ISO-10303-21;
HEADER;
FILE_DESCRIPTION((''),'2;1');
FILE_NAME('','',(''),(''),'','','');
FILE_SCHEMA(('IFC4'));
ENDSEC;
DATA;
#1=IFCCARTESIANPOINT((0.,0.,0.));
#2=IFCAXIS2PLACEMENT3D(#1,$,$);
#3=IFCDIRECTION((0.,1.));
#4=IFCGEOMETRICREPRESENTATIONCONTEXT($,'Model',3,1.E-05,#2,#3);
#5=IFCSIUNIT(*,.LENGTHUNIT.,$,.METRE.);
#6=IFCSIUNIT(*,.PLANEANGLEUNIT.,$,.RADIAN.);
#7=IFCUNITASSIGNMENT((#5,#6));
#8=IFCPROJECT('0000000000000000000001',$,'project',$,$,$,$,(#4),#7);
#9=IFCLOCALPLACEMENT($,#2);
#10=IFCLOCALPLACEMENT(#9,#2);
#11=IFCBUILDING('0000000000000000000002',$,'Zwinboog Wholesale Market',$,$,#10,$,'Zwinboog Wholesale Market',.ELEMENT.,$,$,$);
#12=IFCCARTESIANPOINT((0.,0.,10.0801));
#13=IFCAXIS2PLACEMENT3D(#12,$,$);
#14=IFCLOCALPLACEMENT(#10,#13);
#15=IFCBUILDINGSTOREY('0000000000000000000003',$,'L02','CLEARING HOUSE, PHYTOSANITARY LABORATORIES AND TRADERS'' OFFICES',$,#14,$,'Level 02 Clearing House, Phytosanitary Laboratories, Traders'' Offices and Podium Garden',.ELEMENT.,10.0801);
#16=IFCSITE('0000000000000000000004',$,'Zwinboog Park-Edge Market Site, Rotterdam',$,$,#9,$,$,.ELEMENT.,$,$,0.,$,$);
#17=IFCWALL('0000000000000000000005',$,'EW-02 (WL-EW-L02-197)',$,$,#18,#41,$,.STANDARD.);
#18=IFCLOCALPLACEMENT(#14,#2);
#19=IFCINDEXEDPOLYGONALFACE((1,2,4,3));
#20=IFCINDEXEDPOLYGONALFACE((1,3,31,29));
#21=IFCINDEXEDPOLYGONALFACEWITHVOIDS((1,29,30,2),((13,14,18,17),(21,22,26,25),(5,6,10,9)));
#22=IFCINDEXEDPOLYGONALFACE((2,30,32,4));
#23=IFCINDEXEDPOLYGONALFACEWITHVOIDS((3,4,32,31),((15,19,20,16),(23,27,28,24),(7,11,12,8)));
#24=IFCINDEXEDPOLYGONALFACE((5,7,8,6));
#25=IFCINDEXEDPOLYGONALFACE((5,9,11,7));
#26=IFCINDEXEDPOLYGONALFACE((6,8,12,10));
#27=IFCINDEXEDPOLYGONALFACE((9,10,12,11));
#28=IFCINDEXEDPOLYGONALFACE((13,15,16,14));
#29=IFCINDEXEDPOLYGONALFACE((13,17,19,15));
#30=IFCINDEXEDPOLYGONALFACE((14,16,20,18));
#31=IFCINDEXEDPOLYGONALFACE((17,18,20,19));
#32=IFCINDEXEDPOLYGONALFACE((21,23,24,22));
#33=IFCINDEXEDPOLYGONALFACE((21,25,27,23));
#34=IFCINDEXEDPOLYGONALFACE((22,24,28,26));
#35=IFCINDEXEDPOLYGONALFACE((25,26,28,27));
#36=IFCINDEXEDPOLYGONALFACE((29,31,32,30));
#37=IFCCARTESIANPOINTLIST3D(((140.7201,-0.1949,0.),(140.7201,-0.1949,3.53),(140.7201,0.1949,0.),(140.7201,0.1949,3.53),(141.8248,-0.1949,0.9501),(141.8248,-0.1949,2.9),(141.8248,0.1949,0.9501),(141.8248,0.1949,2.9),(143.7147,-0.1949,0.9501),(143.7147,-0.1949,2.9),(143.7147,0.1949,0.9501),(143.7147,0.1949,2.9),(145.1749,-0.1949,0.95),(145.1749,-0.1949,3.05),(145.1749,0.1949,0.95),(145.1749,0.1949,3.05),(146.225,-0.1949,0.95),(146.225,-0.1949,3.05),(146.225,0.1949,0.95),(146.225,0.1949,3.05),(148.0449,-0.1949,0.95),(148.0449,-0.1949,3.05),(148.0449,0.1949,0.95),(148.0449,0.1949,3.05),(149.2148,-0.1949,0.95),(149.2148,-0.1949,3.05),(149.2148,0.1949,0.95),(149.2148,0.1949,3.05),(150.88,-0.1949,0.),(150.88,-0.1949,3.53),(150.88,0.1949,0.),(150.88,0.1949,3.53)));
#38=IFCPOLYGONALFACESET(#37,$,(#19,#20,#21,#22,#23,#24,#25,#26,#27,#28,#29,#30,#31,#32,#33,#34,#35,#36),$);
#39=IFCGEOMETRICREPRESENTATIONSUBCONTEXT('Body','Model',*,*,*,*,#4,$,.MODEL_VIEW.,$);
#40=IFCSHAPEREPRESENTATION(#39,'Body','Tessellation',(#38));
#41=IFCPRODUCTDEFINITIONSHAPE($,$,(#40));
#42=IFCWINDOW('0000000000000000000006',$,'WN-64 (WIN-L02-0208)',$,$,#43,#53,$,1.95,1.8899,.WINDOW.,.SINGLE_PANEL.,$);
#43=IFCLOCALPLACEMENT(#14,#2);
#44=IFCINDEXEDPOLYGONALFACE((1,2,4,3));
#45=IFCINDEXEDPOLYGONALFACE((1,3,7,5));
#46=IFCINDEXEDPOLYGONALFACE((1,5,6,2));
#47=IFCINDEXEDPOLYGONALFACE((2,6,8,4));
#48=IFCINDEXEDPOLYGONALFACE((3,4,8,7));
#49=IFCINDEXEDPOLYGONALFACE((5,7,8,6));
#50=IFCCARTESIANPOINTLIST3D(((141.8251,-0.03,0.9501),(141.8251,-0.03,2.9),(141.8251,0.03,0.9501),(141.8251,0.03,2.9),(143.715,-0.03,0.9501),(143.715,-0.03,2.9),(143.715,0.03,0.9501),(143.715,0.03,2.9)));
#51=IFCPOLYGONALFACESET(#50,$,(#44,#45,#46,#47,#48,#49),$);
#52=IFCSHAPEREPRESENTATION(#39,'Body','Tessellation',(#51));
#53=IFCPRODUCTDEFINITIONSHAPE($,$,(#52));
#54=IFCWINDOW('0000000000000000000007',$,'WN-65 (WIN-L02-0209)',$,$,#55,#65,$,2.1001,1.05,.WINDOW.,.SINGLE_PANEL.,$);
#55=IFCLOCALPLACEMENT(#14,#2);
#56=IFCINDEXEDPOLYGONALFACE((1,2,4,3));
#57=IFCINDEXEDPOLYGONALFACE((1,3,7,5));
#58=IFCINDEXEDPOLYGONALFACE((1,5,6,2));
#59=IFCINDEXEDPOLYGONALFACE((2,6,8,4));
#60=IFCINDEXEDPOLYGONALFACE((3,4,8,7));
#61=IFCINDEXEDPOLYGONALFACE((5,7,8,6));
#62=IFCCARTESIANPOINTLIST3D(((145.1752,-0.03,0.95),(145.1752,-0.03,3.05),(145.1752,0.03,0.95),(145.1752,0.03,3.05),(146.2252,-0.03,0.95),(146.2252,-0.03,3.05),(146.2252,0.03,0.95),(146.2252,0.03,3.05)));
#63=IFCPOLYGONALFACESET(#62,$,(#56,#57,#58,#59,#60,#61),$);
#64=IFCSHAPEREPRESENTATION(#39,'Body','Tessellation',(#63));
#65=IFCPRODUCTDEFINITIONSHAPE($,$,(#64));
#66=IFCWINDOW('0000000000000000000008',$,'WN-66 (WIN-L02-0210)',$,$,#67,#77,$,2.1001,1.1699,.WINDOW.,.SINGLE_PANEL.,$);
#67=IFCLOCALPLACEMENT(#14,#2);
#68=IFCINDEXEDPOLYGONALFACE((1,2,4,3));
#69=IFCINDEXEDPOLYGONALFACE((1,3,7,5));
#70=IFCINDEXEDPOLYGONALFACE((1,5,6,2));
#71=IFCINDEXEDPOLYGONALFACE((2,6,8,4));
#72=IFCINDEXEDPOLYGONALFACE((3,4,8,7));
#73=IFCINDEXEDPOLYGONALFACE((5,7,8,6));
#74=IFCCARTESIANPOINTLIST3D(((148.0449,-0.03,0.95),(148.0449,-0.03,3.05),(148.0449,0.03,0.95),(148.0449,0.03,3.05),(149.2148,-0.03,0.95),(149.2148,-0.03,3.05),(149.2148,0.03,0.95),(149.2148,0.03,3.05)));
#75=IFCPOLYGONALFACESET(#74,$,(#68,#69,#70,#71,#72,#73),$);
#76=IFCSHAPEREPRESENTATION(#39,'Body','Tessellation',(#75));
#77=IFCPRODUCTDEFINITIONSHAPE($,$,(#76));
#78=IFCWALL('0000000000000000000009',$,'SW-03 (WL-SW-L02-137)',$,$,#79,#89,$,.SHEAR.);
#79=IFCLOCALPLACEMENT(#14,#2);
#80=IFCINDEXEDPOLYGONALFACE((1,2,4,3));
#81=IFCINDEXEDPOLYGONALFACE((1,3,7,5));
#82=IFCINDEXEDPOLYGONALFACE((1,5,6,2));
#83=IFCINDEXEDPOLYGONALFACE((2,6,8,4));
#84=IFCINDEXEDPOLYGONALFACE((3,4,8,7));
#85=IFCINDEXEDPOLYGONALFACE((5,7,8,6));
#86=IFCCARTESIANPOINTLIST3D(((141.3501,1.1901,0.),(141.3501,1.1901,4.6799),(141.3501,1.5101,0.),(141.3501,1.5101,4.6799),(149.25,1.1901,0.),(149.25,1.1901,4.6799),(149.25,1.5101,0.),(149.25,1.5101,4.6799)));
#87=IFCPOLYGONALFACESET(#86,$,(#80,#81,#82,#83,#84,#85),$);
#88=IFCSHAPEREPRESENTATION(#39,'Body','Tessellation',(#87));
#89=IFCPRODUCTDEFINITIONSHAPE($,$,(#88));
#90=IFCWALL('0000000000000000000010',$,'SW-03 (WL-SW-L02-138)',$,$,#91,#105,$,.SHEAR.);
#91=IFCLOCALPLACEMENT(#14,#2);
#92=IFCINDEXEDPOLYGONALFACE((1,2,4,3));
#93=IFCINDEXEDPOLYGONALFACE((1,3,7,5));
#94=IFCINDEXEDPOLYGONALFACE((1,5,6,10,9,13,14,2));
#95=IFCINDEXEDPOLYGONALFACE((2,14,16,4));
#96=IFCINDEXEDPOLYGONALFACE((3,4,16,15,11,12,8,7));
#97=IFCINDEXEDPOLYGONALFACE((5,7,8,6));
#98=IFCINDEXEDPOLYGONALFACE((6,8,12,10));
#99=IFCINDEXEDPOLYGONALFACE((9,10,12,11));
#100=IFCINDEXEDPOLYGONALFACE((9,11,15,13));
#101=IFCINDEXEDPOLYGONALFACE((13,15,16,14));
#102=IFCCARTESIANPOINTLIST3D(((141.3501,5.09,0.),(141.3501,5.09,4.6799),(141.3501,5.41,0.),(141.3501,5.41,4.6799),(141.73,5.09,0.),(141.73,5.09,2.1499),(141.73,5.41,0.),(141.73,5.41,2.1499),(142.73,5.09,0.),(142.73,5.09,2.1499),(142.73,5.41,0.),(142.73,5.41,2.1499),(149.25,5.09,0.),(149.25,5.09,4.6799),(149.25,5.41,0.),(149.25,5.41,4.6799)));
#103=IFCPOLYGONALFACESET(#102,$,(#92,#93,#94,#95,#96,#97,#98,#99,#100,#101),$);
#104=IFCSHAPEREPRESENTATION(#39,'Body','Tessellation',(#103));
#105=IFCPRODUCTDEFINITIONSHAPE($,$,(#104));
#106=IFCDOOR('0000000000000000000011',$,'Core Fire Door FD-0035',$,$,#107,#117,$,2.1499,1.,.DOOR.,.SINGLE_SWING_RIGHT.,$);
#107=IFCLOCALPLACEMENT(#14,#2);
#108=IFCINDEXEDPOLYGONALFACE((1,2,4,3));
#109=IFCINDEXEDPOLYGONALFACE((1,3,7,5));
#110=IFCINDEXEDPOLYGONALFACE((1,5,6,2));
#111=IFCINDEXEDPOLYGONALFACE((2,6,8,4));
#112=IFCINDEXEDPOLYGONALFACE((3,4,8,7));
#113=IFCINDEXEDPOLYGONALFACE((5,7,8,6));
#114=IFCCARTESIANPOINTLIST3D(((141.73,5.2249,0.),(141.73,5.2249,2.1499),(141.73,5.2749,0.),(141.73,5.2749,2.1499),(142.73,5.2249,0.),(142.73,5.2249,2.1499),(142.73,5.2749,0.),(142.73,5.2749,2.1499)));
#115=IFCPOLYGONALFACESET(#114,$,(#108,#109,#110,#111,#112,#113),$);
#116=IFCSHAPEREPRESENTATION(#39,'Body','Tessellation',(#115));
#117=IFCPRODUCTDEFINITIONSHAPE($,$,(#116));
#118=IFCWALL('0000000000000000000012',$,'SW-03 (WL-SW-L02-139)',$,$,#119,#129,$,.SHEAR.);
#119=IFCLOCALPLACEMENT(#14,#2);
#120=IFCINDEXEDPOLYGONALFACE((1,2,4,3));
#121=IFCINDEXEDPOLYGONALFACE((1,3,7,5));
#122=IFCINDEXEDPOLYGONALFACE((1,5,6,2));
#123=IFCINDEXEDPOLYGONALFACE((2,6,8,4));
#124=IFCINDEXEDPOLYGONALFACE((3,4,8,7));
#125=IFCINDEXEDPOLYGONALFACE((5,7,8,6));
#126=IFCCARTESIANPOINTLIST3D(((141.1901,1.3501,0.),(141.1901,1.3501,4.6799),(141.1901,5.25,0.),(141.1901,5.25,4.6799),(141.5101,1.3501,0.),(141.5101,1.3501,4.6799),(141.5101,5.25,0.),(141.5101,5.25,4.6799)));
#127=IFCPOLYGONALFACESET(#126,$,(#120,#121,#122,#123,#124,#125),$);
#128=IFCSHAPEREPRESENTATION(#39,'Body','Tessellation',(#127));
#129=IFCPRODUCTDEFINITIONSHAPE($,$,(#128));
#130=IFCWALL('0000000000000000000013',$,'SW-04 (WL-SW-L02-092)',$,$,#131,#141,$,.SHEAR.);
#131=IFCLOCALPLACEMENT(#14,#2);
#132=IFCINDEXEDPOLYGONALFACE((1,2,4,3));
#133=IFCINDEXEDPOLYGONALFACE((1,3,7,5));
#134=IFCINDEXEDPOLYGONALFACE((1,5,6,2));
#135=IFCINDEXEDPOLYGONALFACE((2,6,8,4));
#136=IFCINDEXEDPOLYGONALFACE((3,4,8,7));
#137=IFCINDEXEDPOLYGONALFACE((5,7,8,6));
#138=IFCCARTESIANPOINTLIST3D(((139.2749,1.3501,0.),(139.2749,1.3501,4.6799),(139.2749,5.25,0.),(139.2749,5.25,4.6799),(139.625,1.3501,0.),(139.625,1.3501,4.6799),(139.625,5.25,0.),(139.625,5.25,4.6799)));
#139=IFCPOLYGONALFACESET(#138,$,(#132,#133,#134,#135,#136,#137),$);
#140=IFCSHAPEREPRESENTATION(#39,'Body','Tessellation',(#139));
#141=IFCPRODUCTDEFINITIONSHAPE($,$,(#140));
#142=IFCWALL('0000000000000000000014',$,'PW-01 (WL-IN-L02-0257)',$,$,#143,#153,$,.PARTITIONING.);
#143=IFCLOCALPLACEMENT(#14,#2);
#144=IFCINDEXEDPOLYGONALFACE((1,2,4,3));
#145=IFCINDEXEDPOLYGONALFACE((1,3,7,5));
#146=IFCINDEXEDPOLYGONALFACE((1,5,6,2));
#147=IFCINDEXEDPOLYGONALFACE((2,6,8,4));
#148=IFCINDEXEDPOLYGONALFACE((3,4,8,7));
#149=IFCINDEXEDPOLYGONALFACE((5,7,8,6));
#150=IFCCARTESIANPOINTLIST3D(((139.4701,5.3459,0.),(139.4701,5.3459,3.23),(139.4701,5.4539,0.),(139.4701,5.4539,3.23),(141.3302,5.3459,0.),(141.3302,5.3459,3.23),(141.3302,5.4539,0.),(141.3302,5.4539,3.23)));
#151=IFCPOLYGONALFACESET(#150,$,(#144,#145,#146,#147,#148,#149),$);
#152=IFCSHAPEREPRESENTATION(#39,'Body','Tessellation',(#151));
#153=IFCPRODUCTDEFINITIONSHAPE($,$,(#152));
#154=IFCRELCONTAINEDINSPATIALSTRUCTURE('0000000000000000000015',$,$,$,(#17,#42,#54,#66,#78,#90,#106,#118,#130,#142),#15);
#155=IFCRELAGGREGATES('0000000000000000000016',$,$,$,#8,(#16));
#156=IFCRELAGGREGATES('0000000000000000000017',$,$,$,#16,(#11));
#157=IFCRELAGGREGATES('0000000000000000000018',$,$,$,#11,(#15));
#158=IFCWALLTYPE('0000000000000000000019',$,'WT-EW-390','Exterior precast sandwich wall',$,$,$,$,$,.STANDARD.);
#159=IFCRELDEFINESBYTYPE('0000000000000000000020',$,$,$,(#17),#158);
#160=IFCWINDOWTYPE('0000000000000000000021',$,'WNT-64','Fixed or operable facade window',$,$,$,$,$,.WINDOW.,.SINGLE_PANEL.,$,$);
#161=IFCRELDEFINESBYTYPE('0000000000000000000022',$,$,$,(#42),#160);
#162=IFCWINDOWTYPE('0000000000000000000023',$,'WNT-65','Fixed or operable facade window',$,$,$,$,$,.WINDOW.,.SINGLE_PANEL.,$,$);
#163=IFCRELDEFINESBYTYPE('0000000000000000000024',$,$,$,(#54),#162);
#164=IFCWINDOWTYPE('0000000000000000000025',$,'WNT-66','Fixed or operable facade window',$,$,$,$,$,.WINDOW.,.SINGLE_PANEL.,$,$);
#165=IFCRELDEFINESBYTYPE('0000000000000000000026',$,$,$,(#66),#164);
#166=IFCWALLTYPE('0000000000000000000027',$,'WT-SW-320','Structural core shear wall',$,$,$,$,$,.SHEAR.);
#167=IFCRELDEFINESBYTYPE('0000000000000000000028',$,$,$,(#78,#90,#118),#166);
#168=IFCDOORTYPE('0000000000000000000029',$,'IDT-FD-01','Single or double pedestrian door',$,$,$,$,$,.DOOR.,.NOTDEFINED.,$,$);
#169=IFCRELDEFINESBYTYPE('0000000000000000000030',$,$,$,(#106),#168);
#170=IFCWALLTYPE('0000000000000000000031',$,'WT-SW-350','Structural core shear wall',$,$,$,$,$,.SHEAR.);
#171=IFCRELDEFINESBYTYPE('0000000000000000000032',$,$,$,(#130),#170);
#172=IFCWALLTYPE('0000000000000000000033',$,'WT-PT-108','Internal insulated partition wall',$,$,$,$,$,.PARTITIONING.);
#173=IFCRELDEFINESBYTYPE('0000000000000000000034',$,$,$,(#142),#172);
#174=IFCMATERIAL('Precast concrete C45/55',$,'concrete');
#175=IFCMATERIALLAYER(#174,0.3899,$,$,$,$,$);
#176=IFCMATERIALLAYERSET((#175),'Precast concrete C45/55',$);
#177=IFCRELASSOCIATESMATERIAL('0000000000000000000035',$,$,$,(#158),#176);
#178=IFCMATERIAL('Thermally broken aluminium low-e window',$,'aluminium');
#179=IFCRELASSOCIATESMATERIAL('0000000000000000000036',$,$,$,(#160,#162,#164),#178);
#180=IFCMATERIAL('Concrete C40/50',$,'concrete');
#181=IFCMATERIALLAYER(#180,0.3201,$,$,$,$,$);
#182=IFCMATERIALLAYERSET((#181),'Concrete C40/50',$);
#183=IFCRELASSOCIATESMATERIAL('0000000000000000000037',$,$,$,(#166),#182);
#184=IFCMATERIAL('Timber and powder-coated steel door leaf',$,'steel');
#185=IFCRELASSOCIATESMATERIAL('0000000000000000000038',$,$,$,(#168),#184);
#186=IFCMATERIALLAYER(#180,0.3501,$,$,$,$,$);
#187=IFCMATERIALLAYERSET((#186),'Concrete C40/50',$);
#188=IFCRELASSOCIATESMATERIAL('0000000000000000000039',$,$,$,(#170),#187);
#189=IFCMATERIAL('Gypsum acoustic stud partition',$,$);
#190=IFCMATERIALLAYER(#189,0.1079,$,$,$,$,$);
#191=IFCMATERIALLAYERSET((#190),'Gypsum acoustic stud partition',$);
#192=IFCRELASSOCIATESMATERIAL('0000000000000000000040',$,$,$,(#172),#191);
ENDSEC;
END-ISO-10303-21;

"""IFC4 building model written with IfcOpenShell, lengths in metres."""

from ifc_helpers import new_model, si_unit, direction, frame, frame_2d, origin, place, context, subcontext, project, spatial, rectangle, extrude, material, layer, layer_set, type_object, element, fill, save


model = new_model("IFC4")

# Units and contexts
model_context = context("Model", 3, precision=1e-05, world=origin(), true_north=direction((0.0, 1.0)))
body_context = subcontext(model_context, "Body", "Model", "MODEL_VIEW")
ifc_project = project(units=[si_unit("LENGTHUNIT", "METRE"), si_unit("PLANEANGLEUNIT", "RADIAN")], contexts=[model_context])

# Site, building, storey
site_placement = place(None, origin())
site = spatial("IfcSite", under=ifc_project, at=site_placement, Name="Zwinboog Park-Edge Market Site, Rotterdam", CompositionType="ELEMENT", RefElevation=0.0)
building_placement = place(site_placement, origin())
building = spatial("IfcBuilding", under=site, at=building_placement, Name="Zwinboog Wholesale Market", LongName="Zwinboog Wholesale Market", CompositionType="ELEMENT")
storey_placement = place(building_placement, frame((0.0, 0.0, 10.0801)))
storey = spatial("IfcBuildingStorey", under=building, at=storey_placement, Name="L02", Description="CLEARING HOUSE, PHYTOSANITARY LABORATORIES AND TRADERS' OFFICES", LongName="Level 02 Clearing House, Phytosanitary Laboratories, Traders' Offices and Podium Garden", CompositionType="ELEMENT", Elevation=10.0801)

# Shared definitions
ifc_material_1 = material(Name="Precast concrete C45/55", Category="concrete")

# Wall, openings, windows
ifc_layer_1 = layer(ifc_material_1, 0.3899)
ifc_layer_set_1 = layer_set([ifc_layer_1], Name="Precast concrete C45/55")
wall_type_1 = type_object("IfcWallType", Name="WT-EW-390", Description="Exterior precast sandwich wall", PredefinedType="STANDARD", material=ifc_layer_set_1)
wall_1_placement = place(storey_placement, frame((140.72, 0.0, 0.0), z_axis=(0.0, 0.0, 1.0), x_axis=(1.0, 0.0, 0.0)))
wall_1 = element("IfcWall", 1, at=wall_1_placement, inside=storey, type_object=wall_type_1, Name="EW-02 (WL-EW-L02-197)", PredefinedType="STANDARD", context=body_context, shape_type="SweptSolid", body=[
    extrude(rectangle(XDim=10.1599, YDim=0.3899, at=frame_2d((5.0801, 0.0))), origin(), (0.0, 0.0, 1.0), 3.53),
])
opening_1_placement = place(wall_1_placement, frame((1.105, 0.0, 0.95)))
opening_1 = element("IfcOpeningElement", 2, at=opening_1_placement, cuts=wall_1, PredefinedType="OPENING", context=body_context, shape_type="SweptSolid", body=[
    extrude(rectangle(XDim=1.8899, YDim=1.95, at=frame_2d((0.9448, 0.9751))), frame((0.0, 0.2048, 0.0), z_axis=(0.0, -1.0, 0.0), x_axis=(1.0, 0.0, 0.0)), (0.0, 0.0, 1.0), 0.4099),
])
opening_2_placement = place(wall_1_placement, frame((4.4551, 0.0, 0.95)))
opening_2 = element("IfcOpeningElement", 3, at=opening_2_placement, cuts=wall_1, PredefinedType="OPENING", context=body_context, shape_type="SweptSolid", body=[
    extrude(rectangle(XDim=1.05, YDim=2.1001, at=frame_2d((0.5249, 1.05))), frame((0.0, 0.2048, 0.0), z_axis=(0.0, -1.0, 0.0), x_axis=(1.0, 0.0, 0.0)), (0.0, 0.0, 1.0), 0.4099),
])
opening_3_placement = place(wall_1_placement, frame((7.325, 0.0, 0.95)))
opening_3 = element("IfcOpeningElement", 4, at=opening_3_placement, cuts=wall_1, PredefinedType="OPENING", context=body_context, shape_type="SweptSolid", body=[
    extrude(rectangle(XDim=1.1699, YDim=2.1001, at=frame_2d((0.585, 1.05))), frame((0.0, 0.2048, 0.0), z_axis=(0.0, -1.0, 0.0), x_axis=(1.0, 0.0, 0.0)), (0.0, 0.0, 1.0), 0.4099),
])
ifc_material_2 = material(Name="Thermally broken aluminium low-e window", Category="aluminium")
window_type_1 = type_object("IfcWindowType", Name="WNT-64", Description="Fixed or operable facade window", PartitioningType="SINGLE_PANEL", PredefinedType="WINDOW", material=ifc_material_2)
window_1_placement = place(opening_1_placement, frame((1.8899, 0.0, 0.0), z_axis=(0.0, 0.0, 1.0), x_axis=(-1.0, 0.0, 0.0)))
window_1 = element("IfcWindow", 5, at=window_1_placement, inside=storey, type_object=window_type_1, Name="WN-64 (WIN-L02-0208)", OverallHeight=1.95, OverallWidth=1.8899, PartitioningType="SINGLE_PANEL", PredefinedType="WINDOW", context=body_context, shape_type="SweptSolid", body=[
    extrude(rectangle(XDim=1.8899, YDim=1.95, at=frame_2d((0.9448, 0.9751))), frame((0.0, 0.03, 0.0), z_axis=(0.0, -1.0, 0.0), x_axis=(1.0, 0.0, 0.0)), (0.0, 0.0, 1.0), 0.0601),
])
fill(opening_1, window_1)
window_type_2 = type_object("IfcWindowType", Name="WNT-65", Description="Fixed or operable facade window", PartitioningType="SINGLE_PANEL", PredefinedType="WINDOW", material=ifc_material_2)
window_2_placement = place(opening_2_placement, frame((1.05, 0.0, 0.0), z_axis=(0.0, 0.0, 1.0), x_axis=(-1.0, 0.0, 0.0)))
window_2 = element("IfcWindow", 6, at=window_2_placement, inside=storey, type_object=window_type_2, Name="WN-65 (WIN-L02-0209)", OverallHeight=2.1001, OverallWidth=1.05, PartitioningType="SINGLE_PANEL", PredefinedType="WINDOW", context=body_context, shape_type="SweptSolid", body=[
    extrude(rectangle(XDim=1.05, YDim=2.1001, at=frame_2d((0.5249, 1.05))), frame((0.0, 0.03, 0.0), z_axis=(0.0, -1.0, 0.0), x_axis=(1.0, 0.0, 0.0)), (0.0, 0.0, 1.0), 0.0601),
])
fill(opening_2, window_2)
window_type_3 = type_object("IfcWindowType", Name="WNT-66", Description="Fixed or operable facade window", PartitioningType="SINGLE_PANEL", PredefinedType="WINDOW", material=ifc_material_2)
window_3_placement = place(opening_3_placement, frame((1.1699, 0.0, 0.0), z_axis=(0.0, 0.0, 1.0), x_axis=(-1.0, 0.0, 0.0)))
window_3 = element("IfcWindow", 7, at=window_3_placement, inside=storey, type_object=window_type_3, Name="WN-66 (WIN-L02-0210)", OverallHeight=2.1001, OverallWidth=1.1699, PartitioningType="SINGLE_PANEL", PredefinedType="WINDOW", context=body_context, shape_type="SweptSolid", body=[
    extrude(rectangle(XDim=1.1699, YDim=2.1001, at=frame_2d((0.585, 1.05))), frame((0.0, 0.03, 0.0), z_axis=(0.0, -1.0, 0.0), x_axis=(1.0, 0.0, 0.0)), (0.0, 0.0, 1.0), 0.0601),
])
fill(opening_3, window_3)

# Wall
ifc_material_3 = material(Name="Concrete C40/50", Category="concrete")
ifc_layer_2 = layer(ifc_material_3, 0.3201)
ifc_layer_set_2 = layer_set([ifc_layer_2], Name="Concrete C40/50")
wall_type_2 = type_object("IfcWallType", Name="WT-SW-320", Description="Structural core shear wall", PredefinedType="SHEAR", material=ifc_layer_set_2)
wall_2_placement = place(storey_placement, frame((141.3501, 1.3501, 0.0), z_axis=(0.0, 0.0, 1.0), x_axis=(1.0, 0.0, 0.0)))
element("IfcWall", 8, at=wall_2_placement, inside=storey, type_object=wall_type_2, Name="SW-03 (WL-SW-L02-137)", PredefinedType="SHEAR", context=body_context, shape_type="SweptSolid", body=[
    extrude(rectangle(XDim=7.8999, YDim=0.3201, at=frame_2d((3.95, 0.0))), origin(), (0.0, 0.0, 1.0), 4.6799),
])

# Wall, opening, door
wall_3_placement = place(storey_placement, frame((141.3501, 5.25, 0.0), z_axis=(0.0, 0.0, 1.0), x_axis=(1.0, 0.0, 0.0)))
wall_3 = element("IfcWall", 9, at=wall_3_placement, inside=storey, type_object=wall_type_2, Name="SW-03 (WL-SW-L02-138)", PredefinedType="SHEAR", context=body_context, shape_type="SweptSolid", body=[
    extrude(rectangle(XDim=7.8999, YDim=0.3201, at=frame_2d((3.95, 0.0))), origin(), (0.0, 0.0, 1.0), 4.6799),
])
opening_4_placement = place(wall_3_placement, frame((0.3799, 0.0, 0.0)))
opening_4 = element("IfcOpeningElement", 10, at=opening_4_placement, cuts=wall_3, PredefinedType="OPENING", context=body_context, shape_type="SweptSolid", body=[
    extrude(rectangle(XDim=1.0, YDim=2.1499, at=frame_2d((0.5, 1.075))), frame((0.0, 0.1699, 0.0), z_axis=(0.0, -1.0, 0.0), x_axis=(1.0, 0.0, 0.0)), (0.0, 0.0, 1.0), 0.3401),
])
ifc_material_4 = material(Name="Timber and powder-coated steel door leaf", Category="steel")
door_type = type_object("IfcDoorType", Name="IDT-FD-01", Description="Single or double pedestrian door", OperationType="NOTDEFINED", PredefinedType="DOOR", material=ifc_material_4)
door_placement = place(opening_4_placement, origin())
door = element("IfcDoor", 11, at=door_placement, inside=storey, type_object=door_type, Name="Core Fire Door FD-0035", OperationType="SINGLE_SWING_RIGHT", OverallHeight=2.1499, OverallWidth=1.0, PredefinedType="DOOR", context=body_context, shape_type="SweptSolid", body=[
    extrude(rectangle(XDim=1.0, YDim=2.1499, at=frame_2d((0.5, 1.075))), frame((0.0, 0.0249, 0.0), z_axis=(0.0, -1.0, 0.0), x_axis=(1.0, 0.0, 0.0)), (0.0, 0.0, 1.0), 0.05),
])
fill(opening_4, door)

# Walls
wall_4_placement = place(storey_placement, frame((141.3501, 1.3501, 0.0), z_axis=(0.0, 0.0, 1.0), x_axis=(0.0, 1.0, 0.0)))
element("IfcWall", 12, at=wall_4_placement, inside=storey, type_object=wall_type_2, Name="SW-03 (WL-SW-L02-139)", PredefinedType="SHEAR", context=body_context, shape_type="SweptSolid", body=[
    extrude(rectangle(XDim=3.8999, YDim=0.3201, at=frame_2d((1.95, 0.0))), origin(), (0.0, 0.0, 1.0), 4.6799),
])
ifc_layer_3 = layer(ifc_material_3, 0.3501)
ifc_layer_set_3 = layer_set([ifc_layer_3], Name="Concrete C40/50")
wall_type_3 = type_object("IfcWallType", Name="WT-SW-350", Description="Structural core shear wall", PredefinedType="SHEAR", material=ifc_layer_set_3)
wall_5_placement = place(storey_placement, frame((139.45, 1.3501, 0.0), z_axis=(0.0, 0.0, 1.0), x_axis=(0.0, 1.0, 0.0)))
element("IfcWall", 13, at=wall_5_placement, inside=storey, type_object=wall_type_3, Name="SW-04 (WL-SW-L02-092)", PredefinedType="SHEAR", context=body_context, shape_type="SweptSolid", body=[
    extrude(rectangle(XDim=3.8999, YDim=0.3501, at=frame_2d((1.95, 0.0))), origin(), (0.0, 0.0, 1.0), 4.6799),
])
ifc_material_5 = material(Name="Gypsum acoustic stud partition")
ifc_layer_4 = layer(ifc_material_5, 0.1079)
ifc_layer_set_4 = layer_set([ifc_layer_4], Name="Gypsum acoustic stud partition")
wall_type_4 = type_object("IfcWallType", Name="WT-PT-108", Description="Internal insulated partition wall", PredefinedType="PARTITIONING", material=ifc_layer_set_4)
wall_6_placement = place(storey_placement, frame((139.47, 5.3999, 0.0), z_axis=(0.0, 0.0, 1.0), x_axis=(1.0, 0.0, 0.0)))
element("IfcWall", 14, at=wall_6_placement, inside=storey, type_object=wall_type_4, Name="PW-01 (WL-IN-L02-0257)", PredefinedType="PARTITIONING", context=body_context, shape_type="SweptSolid", body=[
    extrude(rectangle(XDim=1.8601, YDim=0.1079, at=frame_2d((0.9302, 0.0))), origin(), (0.0, 0.0, 1.0), 3.23),
])

save(model, "model.ifc")
